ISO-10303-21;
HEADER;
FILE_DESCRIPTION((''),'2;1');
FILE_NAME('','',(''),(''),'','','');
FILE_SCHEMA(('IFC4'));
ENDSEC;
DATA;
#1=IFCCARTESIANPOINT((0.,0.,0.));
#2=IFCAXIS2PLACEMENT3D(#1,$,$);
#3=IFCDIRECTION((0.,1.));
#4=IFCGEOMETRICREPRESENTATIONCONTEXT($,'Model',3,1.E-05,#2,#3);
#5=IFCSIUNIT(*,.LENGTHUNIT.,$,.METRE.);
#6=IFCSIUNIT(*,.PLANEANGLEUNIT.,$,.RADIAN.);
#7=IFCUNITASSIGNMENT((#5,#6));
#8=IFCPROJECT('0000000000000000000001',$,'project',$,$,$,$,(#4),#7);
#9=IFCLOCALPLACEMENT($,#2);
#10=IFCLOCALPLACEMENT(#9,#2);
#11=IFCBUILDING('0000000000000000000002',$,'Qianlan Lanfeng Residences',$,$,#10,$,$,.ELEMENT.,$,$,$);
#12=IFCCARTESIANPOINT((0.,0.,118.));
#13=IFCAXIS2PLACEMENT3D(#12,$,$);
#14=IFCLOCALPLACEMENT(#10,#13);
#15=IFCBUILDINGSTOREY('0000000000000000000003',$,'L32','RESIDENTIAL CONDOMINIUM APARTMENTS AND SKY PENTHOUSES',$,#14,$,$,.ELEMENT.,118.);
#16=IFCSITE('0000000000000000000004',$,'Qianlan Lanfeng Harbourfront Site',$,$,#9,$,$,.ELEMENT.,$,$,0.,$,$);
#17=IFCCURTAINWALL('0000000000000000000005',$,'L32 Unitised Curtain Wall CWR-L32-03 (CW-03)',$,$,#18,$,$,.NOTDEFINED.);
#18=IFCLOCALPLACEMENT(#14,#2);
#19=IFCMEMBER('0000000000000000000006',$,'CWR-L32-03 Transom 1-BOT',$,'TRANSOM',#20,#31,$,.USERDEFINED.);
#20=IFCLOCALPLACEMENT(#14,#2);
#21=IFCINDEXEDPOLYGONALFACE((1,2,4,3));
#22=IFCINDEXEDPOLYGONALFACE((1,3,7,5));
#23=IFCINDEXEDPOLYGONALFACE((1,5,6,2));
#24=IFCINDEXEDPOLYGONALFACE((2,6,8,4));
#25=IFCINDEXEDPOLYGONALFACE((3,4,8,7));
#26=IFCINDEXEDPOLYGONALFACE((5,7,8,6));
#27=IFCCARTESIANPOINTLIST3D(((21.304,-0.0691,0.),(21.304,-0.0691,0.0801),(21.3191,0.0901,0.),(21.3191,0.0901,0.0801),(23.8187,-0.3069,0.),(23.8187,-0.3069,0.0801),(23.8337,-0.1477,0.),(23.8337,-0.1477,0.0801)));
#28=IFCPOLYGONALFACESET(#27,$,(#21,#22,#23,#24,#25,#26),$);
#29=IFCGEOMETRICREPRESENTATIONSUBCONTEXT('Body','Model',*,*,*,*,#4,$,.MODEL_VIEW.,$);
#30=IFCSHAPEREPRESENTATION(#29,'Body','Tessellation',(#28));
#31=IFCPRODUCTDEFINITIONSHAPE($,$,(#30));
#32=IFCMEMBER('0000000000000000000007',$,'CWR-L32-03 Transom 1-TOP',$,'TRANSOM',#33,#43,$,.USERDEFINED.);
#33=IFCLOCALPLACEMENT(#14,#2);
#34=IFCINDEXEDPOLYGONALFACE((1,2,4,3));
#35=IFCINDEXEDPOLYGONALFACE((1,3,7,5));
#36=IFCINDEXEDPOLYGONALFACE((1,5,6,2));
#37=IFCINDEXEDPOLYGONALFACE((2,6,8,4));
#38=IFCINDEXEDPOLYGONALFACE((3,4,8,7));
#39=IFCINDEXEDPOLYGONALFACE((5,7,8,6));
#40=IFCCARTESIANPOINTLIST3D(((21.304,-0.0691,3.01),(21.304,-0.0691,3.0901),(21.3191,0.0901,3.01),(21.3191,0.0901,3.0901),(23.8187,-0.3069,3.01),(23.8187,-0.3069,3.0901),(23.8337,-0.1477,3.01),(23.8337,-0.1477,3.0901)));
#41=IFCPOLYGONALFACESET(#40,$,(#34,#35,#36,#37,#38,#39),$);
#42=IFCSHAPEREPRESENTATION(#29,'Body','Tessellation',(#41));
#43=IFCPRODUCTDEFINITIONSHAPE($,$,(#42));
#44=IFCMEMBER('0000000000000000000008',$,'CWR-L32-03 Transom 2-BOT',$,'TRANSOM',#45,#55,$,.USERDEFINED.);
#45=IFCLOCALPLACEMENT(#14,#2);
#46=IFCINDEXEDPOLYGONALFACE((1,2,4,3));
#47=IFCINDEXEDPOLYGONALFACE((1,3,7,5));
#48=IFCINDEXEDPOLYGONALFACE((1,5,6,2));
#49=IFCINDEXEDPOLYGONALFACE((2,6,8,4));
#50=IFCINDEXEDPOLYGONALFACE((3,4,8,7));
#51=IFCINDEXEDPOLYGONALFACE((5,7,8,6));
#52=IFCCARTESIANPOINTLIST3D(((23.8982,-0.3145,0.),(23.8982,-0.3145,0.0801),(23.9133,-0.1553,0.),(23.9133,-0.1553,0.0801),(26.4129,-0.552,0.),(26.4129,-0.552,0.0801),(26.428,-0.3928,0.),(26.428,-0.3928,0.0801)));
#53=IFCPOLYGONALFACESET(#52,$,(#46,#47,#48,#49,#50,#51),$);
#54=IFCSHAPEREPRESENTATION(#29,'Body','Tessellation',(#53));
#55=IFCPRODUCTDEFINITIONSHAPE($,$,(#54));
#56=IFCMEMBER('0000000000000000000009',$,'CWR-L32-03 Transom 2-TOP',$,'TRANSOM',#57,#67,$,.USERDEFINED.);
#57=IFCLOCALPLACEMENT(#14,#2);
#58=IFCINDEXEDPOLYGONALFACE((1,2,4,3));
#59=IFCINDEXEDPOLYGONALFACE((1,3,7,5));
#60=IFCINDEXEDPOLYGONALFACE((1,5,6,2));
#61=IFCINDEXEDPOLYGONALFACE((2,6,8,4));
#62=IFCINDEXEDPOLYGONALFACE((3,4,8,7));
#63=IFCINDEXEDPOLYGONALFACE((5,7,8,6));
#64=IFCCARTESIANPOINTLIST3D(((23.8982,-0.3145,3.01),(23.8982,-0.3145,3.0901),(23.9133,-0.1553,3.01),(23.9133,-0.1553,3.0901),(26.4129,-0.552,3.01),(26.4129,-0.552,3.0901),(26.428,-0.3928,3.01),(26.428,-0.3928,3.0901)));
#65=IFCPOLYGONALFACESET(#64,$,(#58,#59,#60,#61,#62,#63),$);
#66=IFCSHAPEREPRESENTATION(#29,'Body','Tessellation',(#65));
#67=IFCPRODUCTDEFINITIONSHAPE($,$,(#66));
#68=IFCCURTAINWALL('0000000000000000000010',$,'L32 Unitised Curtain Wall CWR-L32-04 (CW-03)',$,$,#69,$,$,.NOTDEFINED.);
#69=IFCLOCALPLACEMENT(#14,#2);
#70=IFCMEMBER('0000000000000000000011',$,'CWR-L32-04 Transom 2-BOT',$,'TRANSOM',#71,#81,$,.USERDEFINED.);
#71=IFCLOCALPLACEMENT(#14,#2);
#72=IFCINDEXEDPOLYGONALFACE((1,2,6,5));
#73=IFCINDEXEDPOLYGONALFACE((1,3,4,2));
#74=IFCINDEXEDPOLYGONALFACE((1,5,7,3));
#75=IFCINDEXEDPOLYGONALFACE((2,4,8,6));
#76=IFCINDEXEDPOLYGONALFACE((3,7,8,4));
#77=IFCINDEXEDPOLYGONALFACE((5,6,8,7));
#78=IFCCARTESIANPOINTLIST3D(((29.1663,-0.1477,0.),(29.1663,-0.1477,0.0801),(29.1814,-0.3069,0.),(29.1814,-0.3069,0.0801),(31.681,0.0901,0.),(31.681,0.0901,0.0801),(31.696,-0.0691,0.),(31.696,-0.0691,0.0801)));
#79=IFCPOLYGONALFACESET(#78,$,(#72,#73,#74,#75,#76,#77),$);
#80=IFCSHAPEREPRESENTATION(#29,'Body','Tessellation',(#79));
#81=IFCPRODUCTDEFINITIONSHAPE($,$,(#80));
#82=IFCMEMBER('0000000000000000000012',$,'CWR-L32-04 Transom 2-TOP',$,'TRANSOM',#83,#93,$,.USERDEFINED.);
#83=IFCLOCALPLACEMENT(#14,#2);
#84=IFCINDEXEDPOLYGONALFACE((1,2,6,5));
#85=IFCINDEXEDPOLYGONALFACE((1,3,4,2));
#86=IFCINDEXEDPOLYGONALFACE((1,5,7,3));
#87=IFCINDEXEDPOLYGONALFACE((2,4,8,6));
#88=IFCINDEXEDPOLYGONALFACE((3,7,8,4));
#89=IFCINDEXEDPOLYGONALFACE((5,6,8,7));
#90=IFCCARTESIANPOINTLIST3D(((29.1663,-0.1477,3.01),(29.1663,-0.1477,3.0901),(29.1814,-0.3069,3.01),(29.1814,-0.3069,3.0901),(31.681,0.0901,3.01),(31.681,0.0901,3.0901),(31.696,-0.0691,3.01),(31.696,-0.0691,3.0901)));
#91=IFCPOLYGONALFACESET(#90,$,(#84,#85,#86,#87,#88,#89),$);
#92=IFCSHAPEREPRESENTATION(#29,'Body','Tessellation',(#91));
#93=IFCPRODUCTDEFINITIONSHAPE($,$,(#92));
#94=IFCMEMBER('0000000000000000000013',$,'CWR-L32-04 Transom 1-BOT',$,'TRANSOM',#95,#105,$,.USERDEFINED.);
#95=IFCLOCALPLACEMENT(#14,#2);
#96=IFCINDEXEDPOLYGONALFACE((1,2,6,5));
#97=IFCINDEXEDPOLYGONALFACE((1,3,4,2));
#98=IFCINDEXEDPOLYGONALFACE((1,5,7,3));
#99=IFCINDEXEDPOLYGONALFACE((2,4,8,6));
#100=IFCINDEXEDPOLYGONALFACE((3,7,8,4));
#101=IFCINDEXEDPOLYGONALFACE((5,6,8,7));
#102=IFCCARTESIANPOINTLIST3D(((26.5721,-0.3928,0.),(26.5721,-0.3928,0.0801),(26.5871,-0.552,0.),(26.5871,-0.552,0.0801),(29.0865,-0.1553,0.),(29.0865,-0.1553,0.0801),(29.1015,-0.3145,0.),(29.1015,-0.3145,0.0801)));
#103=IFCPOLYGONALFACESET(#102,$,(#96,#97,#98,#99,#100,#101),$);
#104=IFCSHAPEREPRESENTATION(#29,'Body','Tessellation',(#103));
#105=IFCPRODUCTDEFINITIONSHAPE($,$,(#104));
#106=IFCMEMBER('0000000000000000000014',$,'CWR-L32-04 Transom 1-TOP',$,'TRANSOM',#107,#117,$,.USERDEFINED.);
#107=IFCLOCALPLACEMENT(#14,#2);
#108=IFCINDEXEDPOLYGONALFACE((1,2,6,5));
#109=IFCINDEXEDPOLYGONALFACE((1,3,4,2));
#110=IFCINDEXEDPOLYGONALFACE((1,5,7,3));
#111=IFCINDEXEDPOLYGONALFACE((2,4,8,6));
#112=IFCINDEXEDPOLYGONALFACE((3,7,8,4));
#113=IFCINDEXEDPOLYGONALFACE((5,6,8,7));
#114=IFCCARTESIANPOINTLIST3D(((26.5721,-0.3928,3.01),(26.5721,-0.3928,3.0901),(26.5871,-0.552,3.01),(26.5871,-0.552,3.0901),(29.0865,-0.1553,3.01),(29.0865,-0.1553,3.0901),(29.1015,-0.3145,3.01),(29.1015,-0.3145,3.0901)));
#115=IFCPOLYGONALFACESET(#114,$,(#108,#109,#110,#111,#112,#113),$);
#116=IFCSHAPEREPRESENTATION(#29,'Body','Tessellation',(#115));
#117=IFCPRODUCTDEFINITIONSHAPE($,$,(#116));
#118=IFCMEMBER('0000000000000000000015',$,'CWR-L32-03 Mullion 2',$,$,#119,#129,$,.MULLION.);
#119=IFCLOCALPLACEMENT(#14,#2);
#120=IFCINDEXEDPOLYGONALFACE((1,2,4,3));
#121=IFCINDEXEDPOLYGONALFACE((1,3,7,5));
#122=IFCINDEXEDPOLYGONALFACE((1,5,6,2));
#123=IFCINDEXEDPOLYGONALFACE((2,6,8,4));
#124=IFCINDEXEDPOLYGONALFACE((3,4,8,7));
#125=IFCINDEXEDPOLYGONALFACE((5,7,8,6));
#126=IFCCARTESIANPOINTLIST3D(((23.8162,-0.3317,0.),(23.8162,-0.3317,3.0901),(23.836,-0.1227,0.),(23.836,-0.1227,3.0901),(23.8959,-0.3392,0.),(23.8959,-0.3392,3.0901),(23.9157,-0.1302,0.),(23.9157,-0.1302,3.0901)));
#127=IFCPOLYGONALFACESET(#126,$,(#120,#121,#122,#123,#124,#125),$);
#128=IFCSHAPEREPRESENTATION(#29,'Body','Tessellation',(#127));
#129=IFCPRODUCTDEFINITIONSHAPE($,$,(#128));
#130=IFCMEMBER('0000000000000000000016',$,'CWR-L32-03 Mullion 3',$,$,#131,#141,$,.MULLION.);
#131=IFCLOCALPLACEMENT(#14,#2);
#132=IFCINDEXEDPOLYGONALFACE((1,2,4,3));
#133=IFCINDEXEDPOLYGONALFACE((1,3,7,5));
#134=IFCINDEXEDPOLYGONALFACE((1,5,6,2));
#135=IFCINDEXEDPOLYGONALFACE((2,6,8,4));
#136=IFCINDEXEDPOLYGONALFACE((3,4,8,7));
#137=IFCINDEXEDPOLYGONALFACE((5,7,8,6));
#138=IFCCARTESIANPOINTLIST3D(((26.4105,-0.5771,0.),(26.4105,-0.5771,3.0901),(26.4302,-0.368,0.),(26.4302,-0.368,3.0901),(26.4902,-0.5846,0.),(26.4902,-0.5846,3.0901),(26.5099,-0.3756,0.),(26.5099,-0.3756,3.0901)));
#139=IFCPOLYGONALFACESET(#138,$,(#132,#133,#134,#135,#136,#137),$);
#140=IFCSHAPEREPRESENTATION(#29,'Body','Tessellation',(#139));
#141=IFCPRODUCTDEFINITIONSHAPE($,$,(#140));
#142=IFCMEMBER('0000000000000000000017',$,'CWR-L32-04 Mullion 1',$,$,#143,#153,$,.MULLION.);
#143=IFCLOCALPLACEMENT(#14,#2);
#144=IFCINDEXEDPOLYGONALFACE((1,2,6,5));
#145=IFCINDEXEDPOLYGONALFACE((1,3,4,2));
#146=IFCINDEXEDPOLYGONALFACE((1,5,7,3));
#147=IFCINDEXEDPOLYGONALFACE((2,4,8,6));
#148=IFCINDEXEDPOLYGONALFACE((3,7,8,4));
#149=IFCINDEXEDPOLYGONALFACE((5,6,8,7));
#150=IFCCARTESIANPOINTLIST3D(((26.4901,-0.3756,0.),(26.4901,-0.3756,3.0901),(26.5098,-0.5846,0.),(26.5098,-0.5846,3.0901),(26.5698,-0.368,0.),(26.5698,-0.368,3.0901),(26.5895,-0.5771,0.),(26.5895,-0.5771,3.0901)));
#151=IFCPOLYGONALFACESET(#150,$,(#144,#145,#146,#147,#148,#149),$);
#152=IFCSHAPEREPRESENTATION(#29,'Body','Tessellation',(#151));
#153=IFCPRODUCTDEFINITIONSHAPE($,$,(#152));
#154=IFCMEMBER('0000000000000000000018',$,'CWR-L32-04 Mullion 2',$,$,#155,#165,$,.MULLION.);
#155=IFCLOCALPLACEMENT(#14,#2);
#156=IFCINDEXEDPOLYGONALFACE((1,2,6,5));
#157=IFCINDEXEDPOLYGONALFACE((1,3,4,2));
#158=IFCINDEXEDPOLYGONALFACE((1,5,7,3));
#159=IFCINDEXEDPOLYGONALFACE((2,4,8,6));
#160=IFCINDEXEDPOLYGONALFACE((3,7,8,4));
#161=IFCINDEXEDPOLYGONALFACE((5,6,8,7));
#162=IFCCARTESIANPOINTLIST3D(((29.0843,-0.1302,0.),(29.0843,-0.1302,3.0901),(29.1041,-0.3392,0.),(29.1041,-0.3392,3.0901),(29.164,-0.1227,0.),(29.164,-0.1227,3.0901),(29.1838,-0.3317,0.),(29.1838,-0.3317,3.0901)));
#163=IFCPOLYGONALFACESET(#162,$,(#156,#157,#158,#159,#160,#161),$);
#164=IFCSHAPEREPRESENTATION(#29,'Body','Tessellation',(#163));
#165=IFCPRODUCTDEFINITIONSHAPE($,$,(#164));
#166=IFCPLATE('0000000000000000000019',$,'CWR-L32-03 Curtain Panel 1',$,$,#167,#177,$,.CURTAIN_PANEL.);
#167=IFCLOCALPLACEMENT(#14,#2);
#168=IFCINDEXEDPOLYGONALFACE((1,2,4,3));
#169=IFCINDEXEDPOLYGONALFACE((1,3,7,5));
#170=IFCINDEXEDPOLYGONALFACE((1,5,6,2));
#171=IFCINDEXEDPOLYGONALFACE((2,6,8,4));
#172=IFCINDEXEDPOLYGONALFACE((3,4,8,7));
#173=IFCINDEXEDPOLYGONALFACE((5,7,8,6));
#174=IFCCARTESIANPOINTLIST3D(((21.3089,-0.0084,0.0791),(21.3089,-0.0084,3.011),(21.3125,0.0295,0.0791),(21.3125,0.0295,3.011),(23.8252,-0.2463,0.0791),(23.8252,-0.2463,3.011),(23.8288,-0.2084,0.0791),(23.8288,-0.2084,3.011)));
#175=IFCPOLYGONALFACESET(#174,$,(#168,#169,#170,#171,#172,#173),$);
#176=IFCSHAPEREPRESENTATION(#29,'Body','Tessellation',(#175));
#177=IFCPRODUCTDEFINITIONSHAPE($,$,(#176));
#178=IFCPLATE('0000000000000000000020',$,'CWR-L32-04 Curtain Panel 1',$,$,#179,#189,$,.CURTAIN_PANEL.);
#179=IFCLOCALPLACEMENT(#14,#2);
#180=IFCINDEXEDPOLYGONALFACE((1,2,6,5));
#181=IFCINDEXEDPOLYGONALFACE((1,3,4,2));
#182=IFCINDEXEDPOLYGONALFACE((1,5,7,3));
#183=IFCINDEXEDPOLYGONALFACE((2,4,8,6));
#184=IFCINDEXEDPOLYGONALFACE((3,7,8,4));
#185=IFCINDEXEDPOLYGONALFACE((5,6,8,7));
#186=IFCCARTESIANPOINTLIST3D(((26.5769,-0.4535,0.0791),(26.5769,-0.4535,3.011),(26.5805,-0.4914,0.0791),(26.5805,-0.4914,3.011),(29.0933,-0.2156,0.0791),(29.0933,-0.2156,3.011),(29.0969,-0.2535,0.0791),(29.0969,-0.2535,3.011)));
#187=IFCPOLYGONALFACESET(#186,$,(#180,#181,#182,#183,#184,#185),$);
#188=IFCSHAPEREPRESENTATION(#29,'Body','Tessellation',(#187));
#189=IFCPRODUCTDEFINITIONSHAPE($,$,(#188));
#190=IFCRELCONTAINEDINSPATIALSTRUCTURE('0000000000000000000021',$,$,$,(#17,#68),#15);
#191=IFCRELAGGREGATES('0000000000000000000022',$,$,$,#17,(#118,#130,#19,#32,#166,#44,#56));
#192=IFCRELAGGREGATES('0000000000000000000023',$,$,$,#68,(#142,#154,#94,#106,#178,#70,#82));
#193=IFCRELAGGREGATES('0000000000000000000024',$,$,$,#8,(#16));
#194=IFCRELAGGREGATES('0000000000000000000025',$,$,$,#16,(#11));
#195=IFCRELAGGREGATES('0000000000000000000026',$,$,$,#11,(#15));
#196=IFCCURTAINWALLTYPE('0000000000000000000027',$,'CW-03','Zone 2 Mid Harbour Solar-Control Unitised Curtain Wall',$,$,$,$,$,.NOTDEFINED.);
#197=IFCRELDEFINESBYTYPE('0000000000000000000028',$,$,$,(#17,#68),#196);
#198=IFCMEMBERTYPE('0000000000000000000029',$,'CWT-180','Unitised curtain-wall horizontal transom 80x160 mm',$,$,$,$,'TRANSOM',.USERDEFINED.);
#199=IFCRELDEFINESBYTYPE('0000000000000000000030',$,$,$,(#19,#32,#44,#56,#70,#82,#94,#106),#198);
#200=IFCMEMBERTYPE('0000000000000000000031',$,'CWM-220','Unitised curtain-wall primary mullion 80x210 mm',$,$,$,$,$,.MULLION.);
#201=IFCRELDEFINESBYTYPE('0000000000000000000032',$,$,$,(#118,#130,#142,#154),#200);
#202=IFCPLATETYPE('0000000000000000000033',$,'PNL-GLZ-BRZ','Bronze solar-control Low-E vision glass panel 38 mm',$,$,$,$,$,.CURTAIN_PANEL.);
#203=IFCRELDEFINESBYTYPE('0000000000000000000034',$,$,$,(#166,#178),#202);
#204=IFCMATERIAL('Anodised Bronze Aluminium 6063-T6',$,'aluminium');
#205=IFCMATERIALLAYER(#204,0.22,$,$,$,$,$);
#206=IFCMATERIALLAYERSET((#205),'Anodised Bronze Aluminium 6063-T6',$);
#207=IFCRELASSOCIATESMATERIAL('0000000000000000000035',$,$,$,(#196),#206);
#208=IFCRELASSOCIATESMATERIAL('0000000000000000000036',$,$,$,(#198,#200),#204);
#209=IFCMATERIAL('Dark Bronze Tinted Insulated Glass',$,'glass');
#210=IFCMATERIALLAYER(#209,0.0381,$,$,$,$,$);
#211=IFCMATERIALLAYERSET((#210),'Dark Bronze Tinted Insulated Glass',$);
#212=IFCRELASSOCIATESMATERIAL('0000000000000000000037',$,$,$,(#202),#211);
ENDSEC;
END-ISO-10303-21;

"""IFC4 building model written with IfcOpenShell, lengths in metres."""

from ifc_helpers import new_model, si_unit, direction, frame, origin, origin_2d, place, context, subcontext, project, spatial, rectangle, extrude, source, transform, mapped, material, layer, layer_set, material_profile, profile_set, type_object, element, aggregate, save


model = new_model("IFC4")

# Units and contexts
model_context = context("Model", 3, precision=1e-05, world=origin(), true_north=direction((0.0, 1.0)))
body_context = subcontext(model_context, "Body", "Model", "MODEL_VIEW")
ifc_project = project(units=[si_unit("LENGTHUNIT", "METRE"), si_unit("PLANEANGLEUNIT", "RADIAN")], contexts=[model_context])

# Site, building, storey
site_placement = place(None, origin())
site = spatial("IfcSite", under=ifc_project, at=site_placement, Name="Qianlan Lanfeng Harbourfront Site", CompositionType="ELEMENT", RefElevation=0.0)
building_placement = place(site_placement, origin())
building = spatial("IfcBuilding", under=site, at=building_placement, Name="Qianlan Lanfeng Residences", CompositionType="ELEMENT")
storey_placement = place(building_placement, frame((0.0, 0.0, 118.0)))
storey = spatial("IfcBuildingStorey", under=building, at=storey_placement, Name="L32", Description="RESIDENTIAL CONDOMINIUM APARTMENTS AND SKY PENTHOUSES", CompositionType="ELEMENT", Elevation=118.0)

# Curtain walls, members
ifc_material_1 = material(Name="Anodised Bronze Aluminium 6063-T6", Category="aluminium")
ifc_layer_1 = layer(ifc_material_1, 0.22)
ifc_layer_set_1 = layer_set([ifc_layer_1], Name="Anodised Bronze Aluminium 6063-T6")
curtain_wall_type = type_object("IfcCurtainWallType", Name="CW-03", Description="Zone 2 Mid Harbour Solar-Control Unitised Curtain Wall", PredefinedType="NOTDEFINED", material=ifc_layer_set_1)
curtain_wall_1_placement = place(storey_placement, origin())
curtain_wall_1 = element("IfcCurtainWall", 1, at=curtain_wall_1_placement, inside=storey, type_object=curtain_wall_type, Name="L32 Unitised Curtain Wall CWR-L32-03 (CW-03)", PredefinedType="NOTDEFINED")
ifc_material_profile_1 = material_profile(ifc_material_1, rectangle(XDim=0.0801, YDim=0.1599, at=origin_2d()), Name="ALU TRANSOM 80x160")
ifc_profile_set_1 = profile_set([ifc_material_profile_1], Name="Anodised Bronze Aluminium 6063-T6")
member_type_1 = type_object("IfcMemberType", Name="CWT-180", Description="Unitised curtain-wall horizontal transom 80x160 mm", ElementType="TRANSOM", PredefinedType="USERDEFINED", material=ifc_profile_set_1)
shared_shape_1 = source(origin(), body_context, "Body", "SweptSolid", [
    extrude(rectangle(XDim=0.0801, YDim=0.1599, at=origin_2d()), origin(), (0.0, 0.0, 1.0), 2.5259),
])
member_1_placement = place(storey_placement, frame((21.3115, 0.0105, 0.04), z_axis=(0.995559, -0.094143, 0.0), x_axis=(0.0, 0.0, 1.0)))
member_1 = element("IfcMember", 2, at=member_1_placement, type_object=member_type_1, Name="CWR-L32-03 Transom 1-BOT", ObjectType="TRANSOM", PredefinedType="USERDEFINED", context=body_context, shape_type="MappedRepresentation", body=[
    mapped(shared_shape_1, transform((0.0, 0.0, 0.0), scale=1.0)),
])
member_2_placement = place(storey_placement, frame((21.3115, 0.0105, 3.05), z_axis=(0.995559, -0.094143, 0.0), x_axis=(0.0, 0.0, 1.0)))
member_2 = element("IfcMember", 3, at=member_2_placement, type_object=member_type_1, Name="CWR-L32-03 Transom 1-TOP", ObjectType="TRANSOM", PredefinedType="USERDEFINED", context=body_context, shape_type="MappedRepresentation", body=[
    mapped(shared_shape_1, transform((0.0, 0.0, 0.0), scale=1.0)),
])
member_3_placement = place(storey_placement, frame((23.9058, -0.2349, 0.04), z_axis=(0.995568, -0.094047, 0.0), x_axis=(0.0, 0.0, 1.0)))
member_3 = element("IfcMember", 4, at=member_3_placement, type_object=member_type_1, Name="CWR-L32-03 Transom 2-BOT", ObjectType="TRANSOM", PredefinedType="USERDEFINED", context=body_context, shape_type="MappedRepresentation", body=[
    mapped(shared_shape_1, transform((0.0, 0.0, 0.0), scale=1.0)),
])
member_4_placement = place(storey_placement, frame((23.9058, -0.2349, 3.05), z_axis=(0.995568, -0.094047, 0.0), x_axis=(0.0, 0.0, 1.0)))
member_4 = element("IfcMember", 5, at=member_4_placement, type_object=member_type_1, Name="CWR-L32-03 Transom 2-TOP", ObjectType="TRANSOM", PredefinedType="USERDEFINED", context=body_context, shape_type="MappedRepresentation", body=[
    mapped(shared_shape_1, transform((0.0, 0.0, 0.0), scale=1.0)),
])
curtain_wall_2_placement = place(storey_placement, origin())
curtain_wall_2 = element("IfcCurtainWall", 6, at=curtain_wall_2_placement, inside=storey, type_object=curtain_wall_type, Name="L32 Unitised Curtain Wall CWR-L32-04 (CW-03)", PredefinedType="NOTDEFINED")
member_5_placement = place(storey_placement, frame((29.1738, -0.2273, 0.04), z_axis=(0.995559, 0.094143, 0.0), x_axis=(0.0, 0.0, 1.0)))
member_5 = element("IfcMember", 7, at=member_5_placement, type_object=member_type_1, Name="CWR-L32-04 Transom 2-BOT", ObjectType="TRANSOM", PredefinedType="USERDEFINED", context=body_context, shape_type="MappedRepresentation", body=[
    mapped(shared_shape_1, transform((0.0, 0.0, 0.0), scale=1.0)),
])
member_6_placement = place(storey_placement, frame((29.1738, -0.2273, 3.05), z_axis=(0.995559, 0.094143, 0.0), x_axis=(0.0, 0.0, 1.0)))
member_6 = element("IfcMember", 8, at=member_6_placement, type_object=member_type_1, Name="CWR-L32-04 Transom 2-TOP", ObjectType="TRANSOM", PredefinedType="USERDEFINED", context=body_context, shape_type="MappedRepresentation", body=[
    mapped(shared_shape_1, transform((0.0, 0.0, 0.0), scale=1.0)),
])
shared_shape_2 = source(origin(), body_context, "Body", "SweptSolid", [
    extrude(rectangle(XDim=0.0801, YDim=0.1599, at=origin_2d()), origin(), (0.0, 0.0, 1.0), 2.5256),
])
member_7_placement = place(storey_placement, frame((26.5796, -0.4724, 0.04), z_axis=(0.995567, 0.094056, 0.0), x_axis=(0.0, 0.0, 1.0)))
member_7 = element("IfcMember", 9, at=member_7_placement, type_object=member_type_1, Name="CWR-L32-04 Transom 1-BOT", ObjectType="TRANSOM", PredefinedType="USERDEFINED", context=body_context, shape_type="MappedRepresentation", body=[
    mapped(shared_shape_2, transform((0.0, 0.0, 0.0), scale=1.0)),
])
member_8_placement = place(storey_placement, frame((26.5796, -0.4724, 3.05), z_axis=(0.995567, 0.094056, 0.0), x_axis=(0.0, 0.0, 1.0)))
member_8 = element("IfcMember", 10, at=member_8_placement, type_object=member_type_1, Name="CWR-L32-04 Transom 1-TOP", ObjectType="TRANSOM", PredefinedType="USERDEFINED", context=body_context, shape_type="MappedRepresentation", body=[
    mapped(shared_shape_2, transform((0.0, 0.0, 0.0), scale=1.0)),
])

# Members
ifc_material_profile_2 = material_profile(ifc_material_1, rectangle(XDim=0.0801, YDim=0.21, at=origin_2d()), Name="ALU MULLION 80x210")
ifc_profile_set_2 = profile_set([ifc_material_profile_2], Name="Anodised Bronze Aluminium 6063-T6")
member_type_2 = type_object("IfcMemberType", Name="CWM-220", Description="Unitised curtain-wall primary mullion 80x210 mm", PredefinedType="MULLION", material=ifc_profile_set_2)
shared_shape_3 = source(origin(), body_context, "Body", "SweptSolid", [
    extrude(rectangle(XDim=0.0801, YDim=0.21, at=origin_2d()), origin(), (0.0, 0.0, 1.0), 3.0901),
])
member_9_placement = place(storey_placement, frame((23.866, -0.231, 0.0), z_axis=(0.0, 0.0, 1.0), x_axis=(0.995561, -0.094114, 0.0)))
member_9 = element("IfcMember", 11, at=member_9_placement, type_object=member_type_2, Name="CWR-L32-03 Mullion 2", PredefinedType="MULLION", context=body_context, shape_type="MappedRepresentation", body=[
    mapped(shared_shape_3, transform((0.0, 0.0, 0.0), scale=1.0)),
])
member_10_placement = place(storey_placement, frame((26.4602, -0.4763, 0.0), z_axis=(0.0, 0.0, 1.0), x_axis=(0.995561, -0.094114, 0.0)))
member_10 = element("IfcMember", 12, at=member_10_placement, type_object=member_type_2, Name="CWR-L32-03 Mullion 3", PredefinedType="MULLION", context=body_context, shape_type="MappedRepresentation", body=[
    mapped(shared_shape_3, transform((0.0, 0.0, 0.0), scale=1.0)),
])
member_11_placement = place(storey_placement, frame((26.5398, -0.4763, 0.0), z_axis=(0.0, 0.0, 1.0), x_axis=(0.995561, 0.094114, 0.0)))
member_11 = element("IfcMember", 13, at=member_11_placement, type_object=member_type_2, Name="CWR-L32-04 Mullion 1", PredefinedType="MULLION", context=body_context, shape_type="MappedRepresentation", body=[
    mapped(shared_shape_3, transform((0.0, 0.0, 0.0), scale=1.0)),
])
member_12_placement = place(storey_placement, frame((29.134, -0.231, 0.0), z_axis=(0.0, 0.0, 1.0), x_axis=(0.995561, 0.094114, 0.0)))
member_12 = element("IfcMember", 14, at=member_12_placement, type_object=member_type_2, Name="CWR-L32-04 Mullion 2", PredefinedType="MULLION", context=body_context, shape_type="MappedRepresentation", body=[
    mapped(shared_shape_3, transform((0.0, 0.0, 0.0), scale=1.0)),
])

# Plates
ifc_material_2 = material(Name="Dark Bronze Tinted Insulated Glass", Category="glass")
ifc_layer_2 = layer(ifc_material_2, 0.0381)
ifc_layer_set_2 = layer_set([ifc_layer_2], Name="Dark Bronze Tinted Insulated Glass")
plate_type_1 = type_object("IfcPlateType", Name="PNL-GLZ-BRZ", Description="Bronze solar-control Low-E vision glass panel 38 mm", PredefinedType="CURTAIN_PANEL", material=ifc_layer_set_2)
shared_shape_4 = source(origin(), body_context, "Body", "SweptSolid", [
    extrude(rectangle(XDim=2.5276, YDim=0.0381, at=origin_2d()), origin(), (0.0, 0.0, 1.0), 2.9319),
])
plate_1_placement = place(storey_placement, frame((22.5688, -0.1084, 0.0791), z_axis=(0.0, 0.0, 1.0), x_axis=(0.995561, -0.094114, 0.0)))
plate_1 = element("IfcPlate", 15, at=plate_1_placement, type_object=plate_type_1, Name="CWR-L32-03 Curtain Panel 1", PredefinedType="CURTAIN_PANEL", context=body_context, shape_type="MappedRepresentation", body=[
    mapped(shared_shape_4, transform((0.0, 0.0, 0.0), scale=1.0)),
])
plate_2_placement = place(storey_placement, frame((27.8369, -0.3535, 0.0791), z_axis=(0.0, 0.0, 1.0), x_axis=(0.995561, 0.094114, 0.0)))
plate_2 = element("IfcPlate", 16, at=plate_2_placement, type_object=plate_type_1, Name="CWR-L32-04 Curtain Panel 1", PredefinedType="CURTAIN_PANEL", context=body_context, shape_type="MappedRepresentation", body=[
    mapped(shared_shape_4, transform((0.0, 0.0, 0.0), scale=1.0)),
])
aggregate(curtain_wall_1, [member_9, member_10, member_1, member_2, plate_1, member_3, member_4])
aggregate(curtain_wall_2, [member_11, member_12, member_7, member_8, plate_2, member_5, member_6])

save(model, "model.ifc")
